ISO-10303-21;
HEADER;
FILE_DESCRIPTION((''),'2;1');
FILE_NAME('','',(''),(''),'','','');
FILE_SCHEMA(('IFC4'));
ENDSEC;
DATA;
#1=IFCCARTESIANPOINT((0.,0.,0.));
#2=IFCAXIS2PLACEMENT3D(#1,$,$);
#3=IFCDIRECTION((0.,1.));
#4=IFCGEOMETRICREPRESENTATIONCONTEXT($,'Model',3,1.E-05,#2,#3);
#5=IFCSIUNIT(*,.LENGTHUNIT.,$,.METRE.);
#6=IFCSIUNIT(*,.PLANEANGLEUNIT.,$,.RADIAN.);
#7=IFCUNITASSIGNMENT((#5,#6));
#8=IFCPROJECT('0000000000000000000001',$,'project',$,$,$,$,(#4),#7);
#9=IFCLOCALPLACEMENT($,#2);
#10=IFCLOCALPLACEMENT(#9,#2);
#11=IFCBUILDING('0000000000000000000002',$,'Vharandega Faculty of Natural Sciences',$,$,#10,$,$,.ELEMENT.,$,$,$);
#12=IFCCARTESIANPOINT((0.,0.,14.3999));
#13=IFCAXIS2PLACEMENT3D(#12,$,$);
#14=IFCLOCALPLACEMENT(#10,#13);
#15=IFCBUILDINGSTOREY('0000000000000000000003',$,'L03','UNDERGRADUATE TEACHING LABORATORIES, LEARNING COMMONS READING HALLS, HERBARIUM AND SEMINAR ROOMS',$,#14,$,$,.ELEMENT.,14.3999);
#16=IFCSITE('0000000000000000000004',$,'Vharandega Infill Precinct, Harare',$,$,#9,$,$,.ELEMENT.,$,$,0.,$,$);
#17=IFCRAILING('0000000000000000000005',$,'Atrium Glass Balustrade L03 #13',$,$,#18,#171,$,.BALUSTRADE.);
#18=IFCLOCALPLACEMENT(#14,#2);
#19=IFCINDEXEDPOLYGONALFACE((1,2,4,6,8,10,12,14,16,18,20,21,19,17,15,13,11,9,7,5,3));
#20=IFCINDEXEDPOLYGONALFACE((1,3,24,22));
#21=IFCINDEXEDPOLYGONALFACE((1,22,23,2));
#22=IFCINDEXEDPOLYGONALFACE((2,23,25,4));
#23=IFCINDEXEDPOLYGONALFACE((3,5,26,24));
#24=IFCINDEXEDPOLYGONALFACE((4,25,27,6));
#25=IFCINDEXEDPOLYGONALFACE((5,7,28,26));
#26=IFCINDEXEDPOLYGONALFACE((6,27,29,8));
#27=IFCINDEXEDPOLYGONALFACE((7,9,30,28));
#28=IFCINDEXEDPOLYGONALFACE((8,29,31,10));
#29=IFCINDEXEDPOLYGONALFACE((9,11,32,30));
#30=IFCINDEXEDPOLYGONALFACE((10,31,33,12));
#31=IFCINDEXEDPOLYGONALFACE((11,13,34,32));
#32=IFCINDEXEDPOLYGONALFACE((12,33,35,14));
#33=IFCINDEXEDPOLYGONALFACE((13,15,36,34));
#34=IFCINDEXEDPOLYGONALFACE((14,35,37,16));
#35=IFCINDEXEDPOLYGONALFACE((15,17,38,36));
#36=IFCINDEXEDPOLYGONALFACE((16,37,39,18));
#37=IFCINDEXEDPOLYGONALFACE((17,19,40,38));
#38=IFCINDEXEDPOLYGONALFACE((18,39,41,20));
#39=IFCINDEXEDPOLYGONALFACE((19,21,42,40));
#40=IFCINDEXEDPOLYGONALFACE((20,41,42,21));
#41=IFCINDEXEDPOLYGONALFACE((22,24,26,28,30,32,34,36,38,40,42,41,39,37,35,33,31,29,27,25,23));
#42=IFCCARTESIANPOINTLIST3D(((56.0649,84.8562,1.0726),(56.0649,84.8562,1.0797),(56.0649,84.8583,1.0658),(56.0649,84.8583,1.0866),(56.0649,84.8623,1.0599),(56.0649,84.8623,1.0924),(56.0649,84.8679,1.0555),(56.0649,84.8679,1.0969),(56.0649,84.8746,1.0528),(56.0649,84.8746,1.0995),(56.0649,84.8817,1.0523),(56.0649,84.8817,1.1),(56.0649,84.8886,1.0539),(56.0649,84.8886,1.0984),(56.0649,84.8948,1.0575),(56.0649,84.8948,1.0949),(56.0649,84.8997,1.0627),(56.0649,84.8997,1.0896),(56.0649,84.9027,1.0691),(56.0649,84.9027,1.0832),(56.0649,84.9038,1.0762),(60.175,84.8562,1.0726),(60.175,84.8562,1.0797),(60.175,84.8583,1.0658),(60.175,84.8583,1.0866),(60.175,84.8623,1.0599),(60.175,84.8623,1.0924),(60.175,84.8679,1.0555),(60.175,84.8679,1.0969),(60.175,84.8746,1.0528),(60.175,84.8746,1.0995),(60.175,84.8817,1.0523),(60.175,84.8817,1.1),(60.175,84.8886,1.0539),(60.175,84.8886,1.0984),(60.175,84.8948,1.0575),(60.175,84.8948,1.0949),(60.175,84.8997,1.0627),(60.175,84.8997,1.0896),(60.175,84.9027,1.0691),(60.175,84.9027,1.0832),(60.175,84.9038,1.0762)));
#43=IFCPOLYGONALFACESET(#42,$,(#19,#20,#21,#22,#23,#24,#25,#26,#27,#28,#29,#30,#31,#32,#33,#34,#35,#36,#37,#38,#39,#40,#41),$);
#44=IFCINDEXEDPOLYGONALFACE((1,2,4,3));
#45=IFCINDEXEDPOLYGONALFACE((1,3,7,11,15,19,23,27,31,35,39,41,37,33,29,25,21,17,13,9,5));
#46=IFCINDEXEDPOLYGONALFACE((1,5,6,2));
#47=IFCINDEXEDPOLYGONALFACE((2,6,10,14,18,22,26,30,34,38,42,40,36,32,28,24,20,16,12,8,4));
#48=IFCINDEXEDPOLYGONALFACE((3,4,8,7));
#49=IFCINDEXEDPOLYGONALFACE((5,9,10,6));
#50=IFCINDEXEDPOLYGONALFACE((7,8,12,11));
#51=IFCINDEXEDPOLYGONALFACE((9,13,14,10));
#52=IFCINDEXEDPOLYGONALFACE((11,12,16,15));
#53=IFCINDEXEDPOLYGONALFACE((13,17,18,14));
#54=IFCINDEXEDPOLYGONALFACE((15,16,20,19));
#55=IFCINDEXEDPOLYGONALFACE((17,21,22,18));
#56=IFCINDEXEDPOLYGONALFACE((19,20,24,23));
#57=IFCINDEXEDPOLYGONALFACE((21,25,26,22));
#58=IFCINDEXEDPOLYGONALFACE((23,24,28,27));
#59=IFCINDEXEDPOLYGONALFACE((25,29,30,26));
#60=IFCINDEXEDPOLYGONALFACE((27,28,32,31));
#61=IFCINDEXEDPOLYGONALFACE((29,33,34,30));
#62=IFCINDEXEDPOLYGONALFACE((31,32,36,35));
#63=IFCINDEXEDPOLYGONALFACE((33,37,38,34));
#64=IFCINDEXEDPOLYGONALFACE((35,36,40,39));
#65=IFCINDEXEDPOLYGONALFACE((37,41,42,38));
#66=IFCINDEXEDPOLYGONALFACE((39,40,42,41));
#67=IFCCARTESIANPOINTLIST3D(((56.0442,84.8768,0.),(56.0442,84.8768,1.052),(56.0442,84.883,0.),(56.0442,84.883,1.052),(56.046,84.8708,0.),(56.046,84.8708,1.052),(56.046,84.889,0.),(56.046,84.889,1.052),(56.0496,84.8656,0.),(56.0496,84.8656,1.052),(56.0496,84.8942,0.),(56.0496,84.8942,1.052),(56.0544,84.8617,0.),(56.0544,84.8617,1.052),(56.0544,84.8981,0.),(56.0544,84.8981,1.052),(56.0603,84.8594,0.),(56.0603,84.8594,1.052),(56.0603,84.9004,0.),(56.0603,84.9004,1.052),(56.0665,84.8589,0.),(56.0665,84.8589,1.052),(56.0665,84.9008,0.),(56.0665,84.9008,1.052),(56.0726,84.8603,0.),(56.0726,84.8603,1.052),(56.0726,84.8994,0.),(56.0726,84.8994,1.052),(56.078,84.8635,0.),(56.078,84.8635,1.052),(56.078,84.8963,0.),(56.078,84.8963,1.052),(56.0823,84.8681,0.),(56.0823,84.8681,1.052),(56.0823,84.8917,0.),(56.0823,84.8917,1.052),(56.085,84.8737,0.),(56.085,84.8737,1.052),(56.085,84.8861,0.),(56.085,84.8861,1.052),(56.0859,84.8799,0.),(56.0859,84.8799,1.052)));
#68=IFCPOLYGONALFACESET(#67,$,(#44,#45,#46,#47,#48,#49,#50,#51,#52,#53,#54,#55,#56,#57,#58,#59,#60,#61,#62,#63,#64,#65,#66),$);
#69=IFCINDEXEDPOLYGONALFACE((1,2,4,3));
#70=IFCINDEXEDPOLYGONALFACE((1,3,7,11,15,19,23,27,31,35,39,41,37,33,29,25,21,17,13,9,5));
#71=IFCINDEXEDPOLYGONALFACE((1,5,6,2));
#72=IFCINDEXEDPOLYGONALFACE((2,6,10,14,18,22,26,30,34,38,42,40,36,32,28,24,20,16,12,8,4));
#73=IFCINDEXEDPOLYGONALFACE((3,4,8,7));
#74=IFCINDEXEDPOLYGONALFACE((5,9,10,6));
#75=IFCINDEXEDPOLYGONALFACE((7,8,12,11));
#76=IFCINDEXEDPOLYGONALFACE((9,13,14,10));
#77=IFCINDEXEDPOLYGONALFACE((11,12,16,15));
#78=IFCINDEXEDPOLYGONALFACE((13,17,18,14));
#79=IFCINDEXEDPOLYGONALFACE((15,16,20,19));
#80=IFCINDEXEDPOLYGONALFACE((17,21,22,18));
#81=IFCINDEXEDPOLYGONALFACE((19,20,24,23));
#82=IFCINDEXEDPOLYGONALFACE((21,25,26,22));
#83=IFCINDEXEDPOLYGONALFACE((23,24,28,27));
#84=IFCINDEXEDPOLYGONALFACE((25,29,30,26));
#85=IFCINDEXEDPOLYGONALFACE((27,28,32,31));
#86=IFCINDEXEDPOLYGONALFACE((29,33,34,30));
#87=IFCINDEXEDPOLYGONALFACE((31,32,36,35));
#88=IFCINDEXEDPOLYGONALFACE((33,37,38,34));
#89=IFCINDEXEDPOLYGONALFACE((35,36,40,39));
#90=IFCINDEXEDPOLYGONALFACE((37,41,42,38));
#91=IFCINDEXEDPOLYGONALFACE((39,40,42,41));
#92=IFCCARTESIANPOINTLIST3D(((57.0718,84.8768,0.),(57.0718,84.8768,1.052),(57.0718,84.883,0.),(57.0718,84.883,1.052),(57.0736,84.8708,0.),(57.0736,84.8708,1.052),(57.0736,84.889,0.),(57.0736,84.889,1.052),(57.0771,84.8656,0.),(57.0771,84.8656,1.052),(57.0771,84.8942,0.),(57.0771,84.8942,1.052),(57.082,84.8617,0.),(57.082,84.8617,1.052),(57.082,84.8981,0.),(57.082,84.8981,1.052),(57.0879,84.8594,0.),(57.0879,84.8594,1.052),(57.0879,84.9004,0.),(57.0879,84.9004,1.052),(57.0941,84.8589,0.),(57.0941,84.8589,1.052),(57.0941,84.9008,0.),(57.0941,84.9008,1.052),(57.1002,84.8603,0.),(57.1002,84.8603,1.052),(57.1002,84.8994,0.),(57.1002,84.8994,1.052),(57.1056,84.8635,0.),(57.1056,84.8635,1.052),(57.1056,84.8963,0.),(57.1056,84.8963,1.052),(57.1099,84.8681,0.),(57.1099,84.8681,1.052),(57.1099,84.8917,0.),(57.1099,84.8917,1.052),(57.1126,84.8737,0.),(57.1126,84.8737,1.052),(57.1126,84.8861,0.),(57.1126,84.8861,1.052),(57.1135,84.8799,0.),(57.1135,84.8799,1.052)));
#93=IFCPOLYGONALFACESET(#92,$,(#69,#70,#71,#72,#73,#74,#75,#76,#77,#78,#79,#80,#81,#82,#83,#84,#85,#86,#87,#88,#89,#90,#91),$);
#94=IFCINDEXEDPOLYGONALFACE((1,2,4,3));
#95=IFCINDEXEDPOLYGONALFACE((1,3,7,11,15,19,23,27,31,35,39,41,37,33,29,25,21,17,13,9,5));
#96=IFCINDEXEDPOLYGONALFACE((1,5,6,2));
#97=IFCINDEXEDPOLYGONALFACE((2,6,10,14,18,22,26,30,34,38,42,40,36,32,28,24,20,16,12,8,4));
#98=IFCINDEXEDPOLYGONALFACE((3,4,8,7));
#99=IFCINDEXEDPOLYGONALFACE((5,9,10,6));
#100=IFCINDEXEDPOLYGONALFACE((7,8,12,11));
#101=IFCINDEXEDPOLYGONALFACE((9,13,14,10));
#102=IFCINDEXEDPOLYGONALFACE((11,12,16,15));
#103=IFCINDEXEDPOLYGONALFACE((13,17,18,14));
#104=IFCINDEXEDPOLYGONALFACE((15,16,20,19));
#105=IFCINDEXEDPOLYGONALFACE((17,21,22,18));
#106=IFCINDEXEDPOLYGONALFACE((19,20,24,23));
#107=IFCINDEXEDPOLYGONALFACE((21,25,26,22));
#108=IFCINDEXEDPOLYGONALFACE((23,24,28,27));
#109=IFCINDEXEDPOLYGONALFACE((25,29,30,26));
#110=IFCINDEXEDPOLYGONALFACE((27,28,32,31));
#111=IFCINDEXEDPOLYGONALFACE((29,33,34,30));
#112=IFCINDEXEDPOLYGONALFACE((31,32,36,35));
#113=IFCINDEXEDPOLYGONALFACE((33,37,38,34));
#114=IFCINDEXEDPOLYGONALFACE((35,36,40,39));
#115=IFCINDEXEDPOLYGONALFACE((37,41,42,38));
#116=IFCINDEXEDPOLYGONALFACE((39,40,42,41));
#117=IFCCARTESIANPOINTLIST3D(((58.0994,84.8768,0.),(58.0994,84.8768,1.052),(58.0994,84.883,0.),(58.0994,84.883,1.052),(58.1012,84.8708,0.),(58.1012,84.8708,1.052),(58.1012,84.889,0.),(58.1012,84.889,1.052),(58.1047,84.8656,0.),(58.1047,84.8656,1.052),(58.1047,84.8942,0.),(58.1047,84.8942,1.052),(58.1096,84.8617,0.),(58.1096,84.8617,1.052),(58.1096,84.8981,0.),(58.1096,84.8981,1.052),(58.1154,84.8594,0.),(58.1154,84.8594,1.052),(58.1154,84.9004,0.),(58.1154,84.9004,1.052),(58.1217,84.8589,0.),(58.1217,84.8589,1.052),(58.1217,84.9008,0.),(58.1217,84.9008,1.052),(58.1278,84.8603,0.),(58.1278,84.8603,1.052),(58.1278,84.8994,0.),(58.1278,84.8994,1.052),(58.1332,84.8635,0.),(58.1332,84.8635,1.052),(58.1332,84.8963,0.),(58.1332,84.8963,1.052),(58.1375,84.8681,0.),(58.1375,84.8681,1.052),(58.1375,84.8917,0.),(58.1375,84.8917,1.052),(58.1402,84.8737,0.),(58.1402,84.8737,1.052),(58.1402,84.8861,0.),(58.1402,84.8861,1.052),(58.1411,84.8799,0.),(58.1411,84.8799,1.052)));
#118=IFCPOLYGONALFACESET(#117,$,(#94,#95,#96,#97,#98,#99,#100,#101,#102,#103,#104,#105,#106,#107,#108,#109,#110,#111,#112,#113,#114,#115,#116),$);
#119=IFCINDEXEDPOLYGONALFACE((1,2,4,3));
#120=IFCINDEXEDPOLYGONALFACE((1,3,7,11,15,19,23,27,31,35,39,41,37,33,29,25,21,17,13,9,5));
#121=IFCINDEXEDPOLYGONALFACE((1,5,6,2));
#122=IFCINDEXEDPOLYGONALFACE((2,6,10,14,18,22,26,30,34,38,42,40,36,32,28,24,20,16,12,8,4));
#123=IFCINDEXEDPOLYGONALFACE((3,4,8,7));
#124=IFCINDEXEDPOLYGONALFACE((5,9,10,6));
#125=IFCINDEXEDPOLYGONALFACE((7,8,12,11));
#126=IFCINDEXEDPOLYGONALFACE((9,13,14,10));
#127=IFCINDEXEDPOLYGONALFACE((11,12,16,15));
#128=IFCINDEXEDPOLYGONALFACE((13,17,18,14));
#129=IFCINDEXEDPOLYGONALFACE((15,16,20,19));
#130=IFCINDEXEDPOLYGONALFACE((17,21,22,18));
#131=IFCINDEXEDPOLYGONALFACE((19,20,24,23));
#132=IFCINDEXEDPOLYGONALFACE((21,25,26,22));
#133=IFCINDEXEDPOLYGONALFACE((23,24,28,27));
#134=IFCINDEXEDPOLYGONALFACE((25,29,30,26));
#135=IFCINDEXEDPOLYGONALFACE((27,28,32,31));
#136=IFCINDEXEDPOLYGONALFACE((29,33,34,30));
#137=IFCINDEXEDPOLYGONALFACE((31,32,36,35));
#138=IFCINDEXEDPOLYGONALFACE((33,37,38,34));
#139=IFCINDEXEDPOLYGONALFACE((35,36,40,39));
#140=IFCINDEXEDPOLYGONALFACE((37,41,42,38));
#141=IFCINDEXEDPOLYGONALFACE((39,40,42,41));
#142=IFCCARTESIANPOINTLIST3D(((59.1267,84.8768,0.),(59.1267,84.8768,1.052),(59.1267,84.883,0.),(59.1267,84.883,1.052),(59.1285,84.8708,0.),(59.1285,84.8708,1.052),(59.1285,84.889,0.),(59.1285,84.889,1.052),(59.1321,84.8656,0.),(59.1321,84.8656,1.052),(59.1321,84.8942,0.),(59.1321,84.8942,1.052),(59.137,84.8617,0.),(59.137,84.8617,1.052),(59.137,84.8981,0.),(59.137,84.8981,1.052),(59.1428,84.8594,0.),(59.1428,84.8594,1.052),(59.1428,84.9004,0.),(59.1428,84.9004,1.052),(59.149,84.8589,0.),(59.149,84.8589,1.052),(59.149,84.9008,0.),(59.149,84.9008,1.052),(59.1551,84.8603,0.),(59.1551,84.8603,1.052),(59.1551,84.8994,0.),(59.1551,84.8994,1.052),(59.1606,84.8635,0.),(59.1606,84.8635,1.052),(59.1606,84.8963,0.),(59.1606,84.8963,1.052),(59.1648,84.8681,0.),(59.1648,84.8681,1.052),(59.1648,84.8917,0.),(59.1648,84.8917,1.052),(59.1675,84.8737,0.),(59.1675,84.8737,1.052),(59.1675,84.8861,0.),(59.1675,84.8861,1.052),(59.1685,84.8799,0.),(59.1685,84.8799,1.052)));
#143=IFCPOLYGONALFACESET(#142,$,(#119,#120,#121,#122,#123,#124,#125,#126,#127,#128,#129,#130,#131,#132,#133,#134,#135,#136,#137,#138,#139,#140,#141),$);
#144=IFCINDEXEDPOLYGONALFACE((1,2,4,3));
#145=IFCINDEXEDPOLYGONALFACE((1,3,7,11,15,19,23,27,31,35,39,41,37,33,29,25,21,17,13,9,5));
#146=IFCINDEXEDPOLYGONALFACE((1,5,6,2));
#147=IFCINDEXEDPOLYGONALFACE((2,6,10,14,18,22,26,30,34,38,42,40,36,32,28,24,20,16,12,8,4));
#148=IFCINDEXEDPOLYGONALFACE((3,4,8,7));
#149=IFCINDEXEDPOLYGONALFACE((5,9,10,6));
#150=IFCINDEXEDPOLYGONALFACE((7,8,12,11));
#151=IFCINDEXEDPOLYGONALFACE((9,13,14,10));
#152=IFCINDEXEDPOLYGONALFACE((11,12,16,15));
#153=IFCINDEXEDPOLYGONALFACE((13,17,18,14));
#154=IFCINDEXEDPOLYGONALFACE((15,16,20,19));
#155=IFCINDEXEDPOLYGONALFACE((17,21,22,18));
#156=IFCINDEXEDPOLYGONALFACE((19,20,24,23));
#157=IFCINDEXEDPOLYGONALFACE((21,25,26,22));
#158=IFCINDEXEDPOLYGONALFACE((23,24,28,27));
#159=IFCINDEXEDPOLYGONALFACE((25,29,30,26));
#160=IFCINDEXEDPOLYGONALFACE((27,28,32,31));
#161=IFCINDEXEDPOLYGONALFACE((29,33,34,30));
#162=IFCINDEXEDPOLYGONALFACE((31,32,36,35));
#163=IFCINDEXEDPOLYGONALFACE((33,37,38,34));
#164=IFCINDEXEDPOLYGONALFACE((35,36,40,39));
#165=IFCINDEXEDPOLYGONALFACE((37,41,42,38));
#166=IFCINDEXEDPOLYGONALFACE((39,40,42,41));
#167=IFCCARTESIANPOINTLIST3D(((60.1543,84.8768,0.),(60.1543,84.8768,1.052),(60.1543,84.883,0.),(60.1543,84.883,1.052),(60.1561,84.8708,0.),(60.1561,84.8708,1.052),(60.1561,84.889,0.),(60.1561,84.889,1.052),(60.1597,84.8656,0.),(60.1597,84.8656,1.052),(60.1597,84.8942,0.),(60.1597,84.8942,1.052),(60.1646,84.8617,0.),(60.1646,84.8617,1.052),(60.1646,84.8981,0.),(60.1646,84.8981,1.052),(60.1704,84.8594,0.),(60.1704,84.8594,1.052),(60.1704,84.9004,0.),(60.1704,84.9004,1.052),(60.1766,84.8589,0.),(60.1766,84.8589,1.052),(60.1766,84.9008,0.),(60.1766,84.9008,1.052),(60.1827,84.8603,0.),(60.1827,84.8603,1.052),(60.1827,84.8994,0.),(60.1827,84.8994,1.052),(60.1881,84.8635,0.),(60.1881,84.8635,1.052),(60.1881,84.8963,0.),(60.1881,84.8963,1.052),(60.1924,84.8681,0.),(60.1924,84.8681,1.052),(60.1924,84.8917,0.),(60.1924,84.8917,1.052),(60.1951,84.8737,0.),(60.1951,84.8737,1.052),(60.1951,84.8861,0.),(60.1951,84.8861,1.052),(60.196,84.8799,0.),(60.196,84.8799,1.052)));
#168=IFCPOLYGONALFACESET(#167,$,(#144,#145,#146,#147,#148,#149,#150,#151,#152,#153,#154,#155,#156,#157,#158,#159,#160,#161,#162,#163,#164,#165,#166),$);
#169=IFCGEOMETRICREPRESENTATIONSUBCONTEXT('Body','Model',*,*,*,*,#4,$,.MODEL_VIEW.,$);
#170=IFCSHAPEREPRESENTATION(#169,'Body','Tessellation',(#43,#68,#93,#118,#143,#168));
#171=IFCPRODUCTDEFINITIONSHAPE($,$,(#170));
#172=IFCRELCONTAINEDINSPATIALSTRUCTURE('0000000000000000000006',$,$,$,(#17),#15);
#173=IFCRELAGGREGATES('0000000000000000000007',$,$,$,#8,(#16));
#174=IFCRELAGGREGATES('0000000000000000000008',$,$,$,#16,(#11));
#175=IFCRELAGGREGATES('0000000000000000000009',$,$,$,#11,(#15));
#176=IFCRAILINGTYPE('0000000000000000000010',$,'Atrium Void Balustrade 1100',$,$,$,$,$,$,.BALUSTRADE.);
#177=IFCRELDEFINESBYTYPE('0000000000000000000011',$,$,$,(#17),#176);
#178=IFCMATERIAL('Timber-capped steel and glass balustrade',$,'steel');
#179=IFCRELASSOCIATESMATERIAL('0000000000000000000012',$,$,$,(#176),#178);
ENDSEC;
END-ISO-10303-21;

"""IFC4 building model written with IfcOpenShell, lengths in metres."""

from ifc_helpers import new_model, si_unit, direction, frame, origin, origin_2d, place, context, subcontext, project, spatial, circle, extrude, material, type_object, element, save


model = new_model("IFC4")

# Units and contexts
model_context = context("Model", 3, precision=1e-05, world=origin(), true_north=direction((0.0, 1.0)))
body_context = subcontext(model_context, "Body", "Model", "MODEL_VIEW")
ifc_project = project(units=[si_unit("LENGTHUNIT", "METRE"), si_unit("PLANEANGLEUNIT", "RADIAN")], contexts=[model_context])

# Site, building, storey
site_placement = place(None, origin())
site = spatial("IfcSite", under=ifc_project, at=site_placement, Name="Vharandega Infill Precinct, Harare", CompositionType="ELEMENT", RefElevation=0.0)
building_placement = place(site_placement, origin())
building = spatial("IfcBuilding", under=site, at=building_placement, Name="Vharandega Faculty of Natural Sciences", CompositionType="ELEMENT")
storey_placement = place(building_placement, frame((0.0, 0.0, 14.3999)))
storey = spatial("IfcBuildingStorey", under=building, at=storey_placement, Name="L03", Description="UNDERGRADUATE TEACHING LABORATORIES, LEARNING COMMONS READING HALLS, HERBARIUM AND SEMINAR ROOMS", CompositionType="ELEMENT", Elevation=14.3999)

# Railing
ifc_material_1 = material(Name="Timber-capped steel and glass balustrade", Category="steel")
railing_type = type_object("IfcRailingType", Name="Atrium Void Balustrade 1100", PredefinedType="BALUSTRADE", material=ifc_material_1)
railing_1_placement = place(storey_placement, frame((56.0649, 84.8799, 0.0)))
element("IfcRailing", 1, at=railing_1_placement, inside=storey, type_object=railing_type, Name="Atrium Glass Balustrade L03 #13", PredefinedType="BALUSTRADE", context=body_context, shape_type="SweptSolid", body=[
    extrude(circle(Radius=0.0239, at=origin_2d()), frame((0.0, 0.0, 1.0762), z_axis=(1.0, 0.0, 0.0), x_axis=(0.0, 1.0, 0.0)), (0.0, 0.0, 1.0), 4.1101),
    extrude(circle(Radius=0.021, at=origin_2d()), origin(), (0.0, 0.0, 1.0), 1.052),
    extrude(circle(Radius=0.021, at=origin_2d()), frame((1.0276, 0.0, 0.0)), (0.0, 0.0, 1.0), 1.052),
    extrude(circle(Radius=0.021, at=origin_2d()), frame((2.0552, 0.0, 0.0)), (0.0, 0.0, 1.0), 1.052),
    extrude(circle(Radius=0.021, at=origin_2d()), frame((3.0825, 0.0, 0.0)), (0.0, 0.0, 1.0), 1.052),
    extrude(circle(Radius=0.021, at=origin_2d()), frame((4.1101, 0.0, 0.0)), (0.0, 0.0, 1.0), 1.052),
])

save(model, "model.ifc")
